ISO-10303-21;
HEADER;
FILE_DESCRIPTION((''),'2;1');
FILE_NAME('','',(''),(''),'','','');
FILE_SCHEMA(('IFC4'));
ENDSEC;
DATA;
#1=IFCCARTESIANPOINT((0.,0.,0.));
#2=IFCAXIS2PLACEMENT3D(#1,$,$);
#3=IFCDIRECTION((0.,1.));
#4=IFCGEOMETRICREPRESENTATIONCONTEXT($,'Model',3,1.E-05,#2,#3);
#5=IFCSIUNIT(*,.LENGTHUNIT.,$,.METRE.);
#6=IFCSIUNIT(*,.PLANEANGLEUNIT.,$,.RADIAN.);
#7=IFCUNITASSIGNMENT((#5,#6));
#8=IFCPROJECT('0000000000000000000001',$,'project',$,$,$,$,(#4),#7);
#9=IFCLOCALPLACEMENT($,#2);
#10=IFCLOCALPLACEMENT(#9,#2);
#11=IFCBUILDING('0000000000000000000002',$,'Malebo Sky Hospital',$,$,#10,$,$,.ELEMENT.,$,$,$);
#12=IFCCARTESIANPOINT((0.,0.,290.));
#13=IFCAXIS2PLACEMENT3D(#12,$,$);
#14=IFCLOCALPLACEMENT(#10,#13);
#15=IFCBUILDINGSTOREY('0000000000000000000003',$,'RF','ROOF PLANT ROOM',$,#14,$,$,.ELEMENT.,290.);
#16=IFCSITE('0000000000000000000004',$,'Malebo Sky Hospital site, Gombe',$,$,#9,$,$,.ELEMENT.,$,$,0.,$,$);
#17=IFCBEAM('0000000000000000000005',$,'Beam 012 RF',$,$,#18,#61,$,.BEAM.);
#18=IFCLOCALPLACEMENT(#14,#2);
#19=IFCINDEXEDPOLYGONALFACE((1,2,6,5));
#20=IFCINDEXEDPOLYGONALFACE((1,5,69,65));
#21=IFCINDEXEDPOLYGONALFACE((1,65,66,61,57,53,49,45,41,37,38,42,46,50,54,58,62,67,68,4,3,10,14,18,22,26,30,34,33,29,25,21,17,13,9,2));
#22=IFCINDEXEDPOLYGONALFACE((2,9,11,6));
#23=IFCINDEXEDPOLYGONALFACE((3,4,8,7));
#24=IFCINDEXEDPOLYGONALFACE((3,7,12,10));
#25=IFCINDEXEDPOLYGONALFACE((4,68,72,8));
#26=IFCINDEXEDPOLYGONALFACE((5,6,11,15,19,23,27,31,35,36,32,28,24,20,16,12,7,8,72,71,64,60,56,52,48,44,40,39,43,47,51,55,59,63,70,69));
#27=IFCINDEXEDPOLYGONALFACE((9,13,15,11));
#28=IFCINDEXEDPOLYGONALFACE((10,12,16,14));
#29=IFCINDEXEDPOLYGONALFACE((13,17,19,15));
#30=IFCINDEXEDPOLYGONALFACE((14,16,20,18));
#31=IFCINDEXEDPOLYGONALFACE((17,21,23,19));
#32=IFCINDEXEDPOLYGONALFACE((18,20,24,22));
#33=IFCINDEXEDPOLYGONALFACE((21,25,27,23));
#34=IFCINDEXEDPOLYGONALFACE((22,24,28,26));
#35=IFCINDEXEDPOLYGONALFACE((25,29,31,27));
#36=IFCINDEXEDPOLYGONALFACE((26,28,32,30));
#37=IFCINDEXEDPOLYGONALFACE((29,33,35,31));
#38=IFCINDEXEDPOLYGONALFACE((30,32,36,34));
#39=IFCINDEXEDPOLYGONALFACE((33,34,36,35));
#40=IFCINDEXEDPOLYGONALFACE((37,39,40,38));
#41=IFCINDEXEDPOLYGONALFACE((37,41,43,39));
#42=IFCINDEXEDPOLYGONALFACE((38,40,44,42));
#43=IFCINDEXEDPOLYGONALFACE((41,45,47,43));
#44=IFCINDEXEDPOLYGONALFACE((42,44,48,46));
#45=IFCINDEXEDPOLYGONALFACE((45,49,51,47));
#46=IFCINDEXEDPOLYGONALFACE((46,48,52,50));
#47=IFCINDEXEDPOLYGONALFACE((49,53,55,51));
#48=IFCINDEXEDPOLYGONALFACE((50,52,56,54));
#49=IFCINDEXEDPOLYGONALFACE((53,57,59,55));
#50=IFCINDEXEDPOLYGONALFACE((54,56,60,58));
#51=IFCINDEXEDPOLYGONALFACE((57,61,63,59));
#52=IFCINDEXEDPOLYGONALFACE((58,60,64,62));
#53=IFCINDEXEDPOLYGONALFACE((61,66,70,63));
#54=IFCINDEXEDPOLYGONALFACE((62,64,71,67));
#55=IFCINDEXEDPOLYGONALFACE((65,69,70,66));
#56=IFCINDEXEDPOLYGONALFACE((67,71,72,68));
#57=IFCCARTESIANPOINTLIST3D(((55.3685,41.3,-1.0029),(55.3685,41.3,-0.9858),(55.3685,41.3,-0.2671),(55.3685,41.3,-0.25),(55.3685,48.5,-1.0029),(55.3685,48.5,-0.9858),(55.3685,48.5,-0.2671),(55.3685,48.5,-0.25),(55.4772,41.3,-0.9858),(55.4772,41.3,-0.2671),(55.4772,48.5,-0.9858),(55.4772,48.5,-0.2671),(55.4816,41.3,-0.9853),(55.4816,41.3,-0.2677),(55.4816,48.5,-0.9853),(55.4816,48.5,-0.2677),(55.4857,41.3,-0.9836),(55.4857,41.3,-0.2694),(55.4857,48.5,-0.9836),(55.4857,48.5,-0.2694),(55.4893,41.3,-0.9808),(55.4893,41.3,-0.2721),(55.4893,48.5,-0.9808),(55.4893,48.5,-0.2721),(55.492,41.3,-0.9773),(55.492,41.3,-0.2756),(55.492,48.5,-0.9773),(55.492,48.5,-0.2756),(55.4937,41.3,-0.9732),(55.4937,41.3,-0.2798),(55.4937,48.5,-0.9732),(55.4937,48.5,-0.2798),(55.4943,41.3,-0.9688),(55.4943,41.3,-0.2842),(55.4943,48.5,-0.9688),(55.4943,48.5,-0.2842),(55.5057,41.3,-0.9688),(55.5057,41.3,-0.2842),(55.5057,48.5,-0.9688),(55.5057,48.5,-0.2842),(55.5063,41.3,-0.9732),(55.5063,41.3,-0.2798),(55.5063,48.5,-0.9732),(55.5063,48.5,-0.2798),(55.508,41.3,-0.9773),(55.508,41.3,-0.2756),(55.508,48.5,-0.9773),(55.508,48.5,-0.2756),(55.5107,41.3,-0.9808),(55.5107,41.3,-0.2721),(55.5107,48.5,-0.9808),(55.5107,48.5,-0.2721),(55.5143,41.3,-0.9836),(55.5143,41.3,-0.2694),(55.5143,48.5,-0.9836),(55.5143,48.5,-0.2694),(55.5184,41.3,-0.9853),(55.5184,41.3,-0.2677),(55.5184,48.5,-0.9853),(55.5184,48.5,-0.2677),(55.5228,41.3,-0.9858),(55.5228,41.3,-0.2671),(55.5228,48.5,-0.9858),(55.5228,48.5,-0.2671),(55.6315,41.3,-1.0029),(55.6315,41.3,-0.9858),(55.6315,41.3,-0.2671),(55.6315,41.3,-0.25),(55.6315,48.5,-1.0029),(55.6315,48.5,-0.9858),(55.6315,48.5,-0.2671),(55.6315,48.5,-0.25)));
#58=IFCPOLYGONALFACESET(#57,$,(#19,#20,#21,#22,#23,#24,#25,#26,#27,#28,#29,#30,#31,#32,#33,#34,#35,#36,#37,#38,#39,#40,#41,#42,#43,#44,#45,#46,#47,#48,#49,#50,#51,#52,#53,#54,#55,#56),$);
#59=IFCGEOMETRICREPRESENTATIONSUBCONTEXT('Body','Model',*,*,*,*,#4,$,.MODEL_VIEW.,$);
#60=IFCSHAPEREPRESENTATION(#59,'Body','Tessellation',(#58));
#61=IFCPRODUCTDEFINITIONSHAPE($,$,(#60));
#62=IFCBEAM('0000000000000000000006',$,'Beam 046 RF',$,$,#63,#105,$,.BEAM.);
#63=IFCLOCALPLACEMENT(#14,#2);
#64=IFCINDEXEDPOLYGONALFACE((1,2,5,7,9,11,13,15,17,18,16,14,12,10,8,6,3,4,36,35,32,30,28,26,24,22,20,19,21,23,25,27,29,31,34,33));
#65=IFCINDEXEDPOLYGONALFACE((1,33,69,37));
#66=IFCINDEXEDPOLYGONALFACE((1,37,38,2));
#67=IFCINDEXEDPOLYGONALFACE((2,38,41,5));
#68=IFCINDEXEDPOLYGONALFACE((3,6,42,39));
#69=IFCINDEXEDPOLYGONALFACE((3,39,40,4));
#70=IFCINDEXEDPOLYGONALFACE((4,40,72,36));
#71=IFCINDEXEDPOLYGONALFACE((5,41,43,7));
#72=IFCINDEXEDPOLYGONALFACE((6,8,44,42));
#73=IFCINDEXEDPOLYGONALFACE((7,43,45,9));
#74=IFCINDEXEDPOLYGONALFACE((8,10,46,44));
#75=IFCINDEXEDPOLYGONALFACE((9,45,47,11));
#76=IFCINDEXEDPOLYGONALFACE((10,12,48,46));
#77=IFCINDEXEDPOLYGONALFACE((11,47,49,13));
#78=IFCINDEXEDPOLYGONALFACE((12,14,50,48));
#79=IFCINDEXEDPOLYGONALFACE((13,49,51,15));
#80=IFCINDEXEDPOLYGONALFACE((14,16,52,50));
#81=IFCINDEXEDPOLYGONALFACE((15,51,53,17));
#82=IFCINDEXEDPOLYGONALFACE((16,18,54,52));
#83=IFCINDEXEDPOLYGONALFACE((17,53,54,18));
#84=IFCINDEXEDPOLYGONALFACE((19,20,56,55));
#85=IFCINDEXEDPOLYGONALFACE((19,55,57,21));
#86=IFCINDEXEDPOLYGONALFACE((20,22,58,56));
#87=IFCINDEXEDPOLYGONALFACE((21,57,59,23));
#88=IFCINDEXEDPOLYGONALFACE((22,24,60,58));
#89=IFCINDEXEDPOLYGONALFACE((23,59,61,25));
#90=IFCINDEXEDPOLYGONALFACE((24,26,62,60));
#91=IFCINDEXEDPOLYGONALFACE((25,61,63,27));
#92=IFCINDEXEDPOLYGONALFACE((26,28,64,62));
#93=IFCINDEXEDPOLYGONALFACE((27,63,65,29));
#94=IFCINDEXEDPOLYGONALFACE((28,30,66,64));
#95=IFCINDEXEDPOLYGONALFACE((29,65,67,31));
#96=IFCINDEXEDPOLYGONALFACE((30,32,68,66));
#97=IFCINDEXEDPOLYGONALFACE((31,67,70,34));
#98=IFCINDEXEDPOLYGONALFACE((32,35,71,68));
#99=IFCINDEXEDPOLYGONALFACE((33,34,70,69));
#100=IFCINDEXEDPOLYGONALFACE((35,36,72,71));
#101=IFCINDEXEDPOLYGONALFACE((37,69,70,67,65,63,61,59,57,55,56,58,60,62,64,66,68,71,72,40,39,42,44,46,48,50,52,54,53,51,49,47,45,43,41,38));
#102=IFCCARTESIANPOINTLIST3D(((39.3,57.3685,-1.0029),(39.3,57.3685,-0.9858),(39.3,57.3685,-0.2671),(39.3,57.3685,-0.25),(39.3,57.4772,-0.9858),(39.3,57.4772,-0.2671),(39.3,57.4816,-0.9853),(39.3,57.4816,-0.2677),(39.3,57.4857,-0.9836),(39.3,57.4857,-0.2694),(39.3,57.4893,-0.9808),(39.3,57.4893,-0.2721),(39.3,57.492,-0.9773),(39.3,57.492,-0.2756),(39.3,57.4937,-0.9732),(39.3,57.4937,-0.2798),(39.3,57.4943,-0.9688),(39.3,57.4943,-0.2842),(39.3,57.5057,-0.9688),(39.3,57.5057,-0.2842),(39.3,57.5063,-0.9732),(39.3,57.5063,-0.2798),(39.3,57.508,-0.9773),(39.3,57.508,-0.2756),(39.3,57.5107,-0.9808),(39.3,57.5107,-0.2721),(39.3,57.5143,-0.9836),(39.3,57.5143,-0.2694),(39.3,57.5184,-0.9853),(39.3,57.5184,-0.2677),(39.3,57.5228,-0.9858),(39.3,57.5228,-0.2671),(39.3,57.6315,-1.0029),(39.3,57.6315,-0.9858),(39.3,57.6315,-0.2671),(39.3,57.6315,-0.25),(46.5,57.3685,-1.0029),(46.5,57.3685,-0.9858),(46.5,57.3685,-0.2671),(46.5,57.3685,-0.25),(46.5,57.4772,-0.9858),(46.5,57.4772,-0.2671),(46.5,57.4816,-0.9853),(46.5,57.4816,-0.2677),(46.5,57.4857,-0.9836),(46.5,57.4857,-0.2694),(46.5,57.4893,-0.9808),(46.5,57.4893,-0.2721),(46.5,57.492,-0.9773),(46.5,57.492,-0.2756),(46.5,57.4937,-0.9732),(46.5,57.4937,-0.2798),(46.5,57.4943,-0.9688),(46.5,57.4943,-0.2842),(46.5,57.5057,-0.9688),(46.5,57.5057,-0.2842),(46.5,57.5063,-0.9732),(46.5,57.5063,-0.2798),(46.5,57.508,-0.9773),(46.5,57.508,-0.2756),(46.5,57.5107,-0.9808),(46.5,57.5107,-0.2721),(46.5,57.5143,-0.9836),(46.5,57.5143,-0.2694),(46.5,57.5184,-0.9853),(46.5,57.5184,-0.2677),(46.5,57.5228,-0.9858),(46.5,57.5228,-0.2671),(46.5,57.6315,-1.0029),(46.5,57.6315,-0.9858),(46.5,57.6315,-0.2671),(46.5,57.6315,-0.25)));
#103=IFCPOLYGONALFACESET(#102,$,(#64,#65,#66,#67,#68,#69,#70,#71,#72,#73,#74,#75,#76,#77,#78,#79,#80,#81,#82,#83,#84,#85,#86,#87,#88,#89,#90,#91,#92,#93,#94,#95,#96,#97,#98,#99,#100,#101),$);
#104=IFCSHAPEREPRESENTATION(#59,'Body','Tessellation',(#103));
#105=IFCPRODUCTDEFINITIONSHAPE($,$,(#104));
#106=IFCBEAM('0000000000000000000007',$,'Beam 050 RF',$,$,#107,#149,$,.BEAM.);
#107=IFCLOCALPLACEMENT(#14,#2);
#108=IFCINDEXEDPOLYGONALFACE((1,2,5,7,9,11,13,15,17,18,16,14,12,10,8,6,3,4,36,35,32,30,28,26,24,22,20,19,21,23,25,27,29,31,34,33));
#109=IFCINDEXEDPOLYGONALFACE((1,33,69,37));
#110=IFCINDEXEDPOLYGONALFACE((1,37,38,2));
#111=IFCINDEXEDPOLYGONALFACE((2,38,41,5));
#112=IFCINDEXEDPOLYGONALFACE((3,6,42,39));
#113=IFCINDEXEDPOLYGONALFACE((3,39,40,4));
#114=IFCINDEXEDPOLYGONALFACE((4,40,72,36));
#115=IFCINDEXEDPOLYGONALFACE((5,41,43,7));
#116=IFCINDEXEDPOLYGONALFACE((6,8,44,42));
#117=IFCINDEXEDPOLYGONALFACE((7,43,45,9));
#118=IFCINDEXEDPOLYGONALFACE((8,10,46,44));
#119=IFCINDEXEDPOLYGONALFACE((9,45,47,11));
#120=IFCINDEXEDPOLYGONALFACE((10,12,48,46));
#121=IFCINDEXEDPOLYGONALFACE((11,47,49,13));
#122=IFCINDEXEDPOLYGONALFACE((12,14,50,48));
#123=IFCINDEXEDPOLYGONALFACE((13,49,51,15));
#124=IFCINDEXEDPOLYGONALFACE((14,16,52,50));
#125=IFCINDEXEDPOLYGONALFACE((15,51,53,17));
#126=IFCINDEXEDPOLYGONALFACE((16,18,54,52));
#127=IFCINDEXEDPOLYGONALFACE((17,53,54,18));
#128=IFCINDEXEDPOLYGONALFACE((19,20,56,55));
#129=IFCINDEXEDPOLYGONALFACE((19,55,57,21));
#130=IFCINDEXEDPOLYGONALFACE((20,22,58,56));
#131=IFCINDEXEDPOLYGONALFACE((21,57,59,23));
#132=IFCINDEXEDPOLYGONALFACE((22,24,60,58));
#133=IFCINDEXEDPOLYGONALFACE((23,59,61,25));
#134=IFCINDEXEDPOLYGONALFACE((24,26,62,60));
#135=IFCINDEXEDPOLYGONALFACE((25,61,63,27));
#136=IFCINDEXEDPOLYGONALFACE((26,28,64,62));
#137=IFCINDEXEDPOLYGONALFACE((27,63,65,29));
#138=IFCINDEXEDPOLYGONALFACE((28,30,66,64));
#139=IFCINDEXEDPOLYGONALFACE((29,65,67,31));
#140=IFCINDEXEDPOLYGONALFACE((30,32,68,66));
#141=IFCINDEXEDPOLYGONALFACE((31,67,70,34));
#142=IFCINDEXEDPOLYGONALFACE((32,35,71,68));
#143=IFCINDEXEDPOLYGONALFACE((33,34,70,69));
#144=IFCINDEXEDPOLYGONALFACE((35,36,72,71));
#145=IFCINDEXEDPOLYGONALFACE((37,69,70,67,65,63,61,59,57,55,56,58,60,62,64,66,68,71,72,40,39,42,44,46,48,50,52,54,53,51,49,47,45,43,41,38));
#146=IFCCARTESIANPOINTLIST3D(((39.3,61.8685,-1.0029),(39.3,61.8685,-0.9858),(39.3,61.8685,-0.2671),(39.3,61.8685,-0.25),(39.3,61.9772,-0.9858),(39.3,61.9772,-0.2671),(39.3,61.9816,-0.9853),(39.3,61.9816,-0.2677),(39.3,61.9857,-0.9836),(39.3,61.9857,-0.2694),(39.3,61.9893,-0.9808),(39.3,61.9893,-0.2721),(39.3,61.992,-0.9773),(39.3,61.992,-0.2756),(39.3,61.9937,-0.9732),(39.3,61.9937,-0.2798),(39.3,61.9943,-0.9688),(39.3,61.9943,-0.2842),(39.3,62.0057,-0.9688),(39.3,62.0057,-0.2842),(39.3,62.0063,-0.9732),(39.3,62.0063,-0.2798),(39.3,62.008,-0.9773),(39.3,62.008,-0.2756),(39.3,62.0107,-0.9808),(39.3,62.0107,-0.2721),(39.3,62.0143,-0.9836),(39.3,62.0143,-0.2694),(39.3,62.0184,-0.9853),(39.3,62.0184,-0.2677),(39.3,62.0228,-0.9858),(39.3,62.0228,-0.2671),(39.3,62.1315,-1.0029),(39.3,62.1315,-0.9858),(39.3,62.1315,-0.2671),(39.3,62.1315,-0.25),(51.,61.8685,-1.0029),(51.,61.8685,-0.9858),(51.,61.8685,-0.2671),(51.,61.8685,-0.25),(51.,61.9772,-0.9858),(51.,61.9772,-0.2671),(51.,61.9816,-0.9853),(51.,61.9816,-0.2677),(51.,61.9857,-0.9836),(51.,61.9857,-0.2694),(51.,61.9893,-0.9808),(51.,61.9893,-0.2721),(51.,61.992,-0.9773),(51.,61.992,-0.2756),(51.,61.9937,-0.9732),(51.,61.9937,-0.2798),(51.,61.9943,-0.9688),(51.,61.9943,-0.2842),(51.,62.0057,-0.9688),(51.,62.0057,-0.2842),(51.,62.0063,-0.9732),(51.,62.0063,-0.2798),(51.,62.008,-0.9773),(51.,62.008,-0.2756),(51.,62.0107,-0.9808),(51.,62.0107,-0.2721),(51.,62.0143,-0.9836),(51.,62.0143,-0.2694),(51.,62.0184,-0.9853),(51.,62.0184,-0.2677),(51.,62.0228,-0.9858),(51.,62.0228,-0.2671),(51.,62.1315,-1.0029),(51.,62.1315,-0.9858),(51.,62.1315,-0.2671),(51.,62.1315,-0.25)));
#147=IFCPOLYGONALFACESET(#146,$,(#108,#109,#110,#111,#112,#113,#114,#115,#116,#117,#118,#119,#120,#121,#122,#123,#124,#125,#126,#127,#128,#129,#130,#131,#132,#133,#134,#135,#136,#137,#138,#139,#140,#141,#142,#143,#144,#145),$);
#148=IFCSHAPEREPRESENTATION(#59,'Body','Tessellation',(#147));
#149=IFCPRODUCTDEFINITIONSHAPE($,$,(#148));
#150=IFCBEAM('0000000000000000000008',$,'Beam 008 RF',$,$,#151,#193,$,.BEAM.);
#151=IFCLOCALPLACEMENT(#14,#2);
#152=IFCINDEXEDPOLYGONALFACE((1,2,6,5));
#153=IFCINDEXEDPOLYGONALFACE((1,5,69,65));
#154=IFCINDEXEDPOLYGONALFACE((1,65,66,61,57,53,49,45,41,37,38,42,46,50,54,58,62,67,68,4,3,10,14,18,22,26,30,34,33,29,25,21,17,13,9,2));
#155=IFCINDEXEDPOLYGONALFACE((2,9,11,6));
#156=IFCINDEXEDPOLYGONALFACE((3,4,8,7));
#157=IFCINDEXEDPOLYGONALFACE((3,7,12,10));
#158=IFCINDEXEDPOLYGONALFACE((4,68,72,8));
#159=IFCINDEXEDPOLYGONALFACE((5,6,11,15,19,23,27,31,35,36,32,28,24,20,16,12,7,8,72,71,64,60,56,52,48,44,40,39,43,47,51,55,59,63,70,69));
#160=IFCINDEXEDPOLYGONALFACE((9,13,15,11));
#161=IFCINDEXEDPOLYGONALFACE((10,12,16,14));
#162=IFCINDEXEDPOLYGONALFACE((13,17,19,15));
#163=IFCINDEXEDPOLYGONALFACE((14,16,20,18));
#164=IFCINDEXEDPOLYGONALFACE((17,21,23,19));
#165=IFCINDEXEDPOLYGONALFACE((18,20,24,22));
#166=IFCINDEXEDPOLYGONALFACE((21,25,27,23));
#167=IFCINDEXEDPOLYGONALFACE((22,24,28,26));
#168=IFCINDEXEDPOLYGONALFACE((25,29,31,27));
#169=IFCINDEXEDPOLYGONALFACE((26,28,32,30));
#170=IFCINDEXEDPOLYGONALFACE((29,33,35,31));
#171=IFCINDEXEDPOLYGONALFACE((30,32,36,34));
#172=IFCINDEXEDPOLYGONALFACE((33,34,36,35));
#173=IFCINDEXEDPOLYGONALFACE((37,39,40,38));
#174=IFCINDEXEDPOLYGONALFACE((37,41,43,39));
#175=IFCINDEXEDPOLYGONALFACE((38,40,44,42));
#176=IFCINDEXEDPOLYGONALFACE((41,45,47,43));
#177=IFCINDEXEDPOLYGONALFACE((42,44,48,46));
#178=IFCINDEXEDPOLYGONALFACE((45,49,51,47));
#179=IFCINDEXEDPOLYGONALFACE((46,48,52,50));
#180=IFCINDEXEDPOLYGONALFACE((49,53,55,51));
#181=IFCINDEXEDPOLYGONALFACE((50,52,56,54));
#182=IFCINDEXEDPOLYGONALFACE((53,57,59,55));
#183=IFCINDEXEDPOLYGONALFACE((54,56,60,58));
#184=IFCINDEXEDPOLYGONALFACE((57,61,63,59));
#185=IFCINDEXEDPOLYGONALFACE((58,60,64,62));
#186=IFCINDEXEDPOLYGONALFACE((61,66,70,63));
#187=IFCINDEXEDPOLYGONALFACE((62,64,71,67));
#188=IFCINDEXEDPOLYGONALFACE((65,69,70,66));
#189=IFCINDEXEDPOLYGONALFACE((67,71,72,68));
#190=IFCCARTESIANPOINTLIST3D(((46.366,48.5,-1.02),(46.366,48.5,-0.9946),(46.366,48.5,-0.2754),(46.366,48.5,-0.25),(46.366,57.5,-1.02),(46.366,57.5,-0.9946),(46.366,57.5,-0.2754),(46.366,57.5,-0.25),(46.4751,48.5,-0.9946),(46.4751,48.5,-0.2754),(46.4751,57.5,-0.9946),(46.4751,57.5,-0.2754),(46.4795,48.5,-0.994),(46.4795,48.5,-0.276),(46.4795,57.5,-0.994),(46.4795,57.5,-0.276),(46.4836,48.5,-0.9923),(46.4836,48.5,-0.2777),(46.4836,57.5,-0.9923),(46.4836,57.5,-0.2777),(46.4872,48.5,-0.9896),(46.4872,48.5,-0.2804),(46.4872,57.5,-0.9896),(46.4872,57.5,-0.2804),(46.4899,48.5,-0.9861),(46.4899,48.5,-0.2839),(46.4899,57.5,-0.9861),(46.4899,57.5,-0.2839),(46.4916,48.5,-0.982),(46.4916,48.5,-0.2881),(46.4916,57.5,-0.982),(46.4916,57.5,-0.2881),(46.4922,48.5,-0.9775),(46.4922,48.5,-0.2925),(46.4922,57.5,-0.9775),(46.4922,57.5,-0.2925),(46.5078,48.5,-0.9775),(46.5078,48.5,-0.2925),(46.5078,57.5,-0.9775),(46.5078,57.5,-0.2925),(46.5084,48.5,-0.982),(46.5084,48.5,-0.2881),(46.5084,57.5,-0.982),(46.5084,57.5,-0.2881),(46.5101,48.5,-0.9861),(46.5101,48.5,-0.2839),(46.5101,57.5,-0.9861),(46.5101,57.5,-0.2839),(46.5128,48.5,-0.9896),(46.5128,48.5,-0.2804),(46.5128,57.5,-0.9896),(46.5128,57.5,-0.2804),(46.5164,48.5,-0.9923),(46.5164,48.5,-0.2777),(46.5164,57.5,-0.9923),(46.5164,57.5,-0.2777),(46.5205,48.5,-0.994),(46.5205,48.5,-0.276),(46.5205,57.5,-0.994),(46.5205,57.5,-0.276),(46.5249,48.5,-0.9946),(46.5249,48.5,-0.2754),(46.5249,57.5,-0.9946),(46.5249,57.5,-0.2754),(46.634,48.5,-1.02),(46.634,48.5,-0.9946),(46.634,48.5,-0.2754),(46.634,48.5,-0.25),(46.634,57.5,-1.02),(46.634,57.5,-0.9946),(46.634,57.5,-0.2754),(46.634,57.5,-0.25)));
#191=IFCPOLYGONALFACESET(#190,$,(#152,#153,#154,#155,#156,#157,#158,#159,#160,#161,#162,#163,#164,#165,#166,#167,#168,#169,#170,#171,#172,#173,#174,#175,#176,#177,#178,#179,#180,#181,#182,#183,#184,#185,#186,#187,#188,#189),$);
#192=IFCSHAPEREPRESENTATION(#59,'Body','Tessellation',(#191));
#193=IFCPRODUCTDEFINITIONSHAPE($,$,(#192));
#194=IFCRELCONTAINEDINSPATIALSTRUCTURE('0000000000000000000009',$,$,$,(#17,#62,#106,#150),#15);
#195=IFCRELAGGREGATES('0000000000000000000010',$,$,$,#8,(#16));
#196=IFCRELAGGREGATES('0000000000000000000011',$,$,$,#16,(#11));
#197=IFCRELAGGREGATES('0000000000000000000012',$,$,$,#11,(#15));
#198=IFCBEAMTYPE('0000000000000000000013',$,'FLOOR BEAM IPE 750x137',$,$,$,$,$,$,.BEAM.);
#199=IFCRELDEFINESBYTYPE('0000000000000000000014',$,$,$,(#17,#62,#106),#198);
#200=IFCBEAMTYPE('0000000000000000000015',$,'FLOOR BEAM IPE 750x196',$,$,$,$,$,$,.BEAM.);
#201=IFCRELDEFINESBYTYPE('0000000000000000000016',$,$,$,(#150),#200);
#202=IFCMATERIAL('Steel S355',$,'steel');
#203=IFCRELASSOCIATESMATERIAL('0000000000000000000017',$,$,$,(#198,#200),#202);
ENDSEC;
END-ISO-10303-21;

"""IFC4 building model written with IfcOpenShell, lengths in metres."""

from ifc_helpers import new_model, si_unit, direction, frame, origin, origin_2d, place, context, subcontext, project, spatial, i_section, extrude, material, material_profile, profile_set, type_object, element, save


model = new_model("IFC4")

# Units and contexts
model_context = context("Model", 3, precision=1e-05, world=origin(), true_north=direction((0.0, 1.0)))
body_context = subcontext(model_context, "Body", "Model", "MODEL_VIEW")
ifc_project = project(units=[si_unit("LENGTHUNIT", "METRE"), si_unit("PLANEANGLEUNIT", "RADIAN")], contexts=[model_context])

# Site, building, storey
site_placement = place(None, origin())
site = spatial("IfcSite", under=ifc_project, at=site_placement, Name="Malebo Sky Hospital site, Gombe", CompositionType="ELEMENT", RefElevation=0.0)
building_placement = place(site_placement, origin())
building = spatial("IfcBuilding", under=site, at=building_placement, Name="Malebo Sky Hospital", CompositionType="ELEMENT")
storey_placement = place(building_placement, frame((0.0, 0.0, 290.0)))
storey = spatial("IfcBuildingStorey", under=building, at=storey_placement, Name="RF", Description="ROOF PLANT ROOM", CompositionType="ELEMENT", Elevation=290.0)

# Beams
ifc_material_1 = material(Name="Steel S355", Category="steel")
ifc_material_profile_1 = material_profile(ifc_material_1, i_section(OverallWidth=0.2629, OverallDepth=0.7529, WebThickness=0.0115, FlangeThickness=0.0171, FilletRadius=0.0171, at=origin_2d()), Name="IPE 750x137")
ifc_profile_set_1 = profile_set([ifc_material_profile_1], Name="Steel S355")
beam_type_1 = type_object("IfcBeamType", Name="FLOOR BEAM IPE 750x137", PredefinedType="BEAM", material=ifc_profile_set_1)
for number, where, z_axis, x_axis, name in (
    (1, (55.5, 41.3, -0.6265), (0.0, 1.0, 0.0), (-1.0, 0.0, 0.0), "Beam 012 RF"),
    (2, (39.3, 57.5, -0.6265), (1.0, 0.0, 0.0), (0.0, 1.0, 0.0), "Beam 046 RF"),
):
    element("IfcBeam", number, at=place(storey_placement, frame(where, z_axis=z_axis, x_axis=x_axis)), inside=storey, type_object=beam_type_1, Name=name, PredefinedType="BEAM", context=body_context, shape_type="SweptSolid", body=[
        extrude(i_section(OverallWidth=0.2629, OverallDepth=0.7529, WebThickness=0.0115, FlangeThickness=0.0171, FilletRadius=0.0171, at=origin_2d()), origin(), (0.0, 0.0, 1.0), 7.2),
    ])
beam_1_placement = place(storey_placement, frame((39.3, 62.0, -0.6265), z_axis=(1.0, 0.0, 0.0), x_axis=(0.0, 1.0, 0.0)))
element("IfcBeam", 3, at=beam_1_placement, inside=storey, type_object=beam_type_1, Name="Beam 050 RF", PredefinedType="BEAM", context=body_context, shape_type="SweptSolid", body=[
    extrude(i_section(OverallWidth=0.2629, OverallDepth=0.7529, WebThickness=0.0115, FlangeThickness=0.0171, FilletRadius=0.0171, at=origin_2d()), origin(), (0.0, 0.0, 1.0), 11.7),
])
ifc_material_profile_2 = material_profile(ifc_material_1, i_section(OverallWidth=0.2681, OverallDepth=0.77, WebThickness=0.0156, FlangeThickness=0.0254, FilletRadius=0.0171, at=origin_2d()), Name="IPE 750x196")
ifc_profile_set_2 = profile_set([ifc_material_profile_2], Name="Steel S355")
beam_type_2 = type_object("IfcBeamType", Name="FLOOR BEAM IPE 750x196", PredefinedType="BEAM", material=ifc_profile_set_2)
for number, where, z_axis, x_axis, name in (
    (4, (46.5, 48.5, -0.635), (0.0, 1.0, 0.0), (-1.0, 0.0, 0.0), "Beam 008 RF"),
):
    element("IfcBeam", number, at=place(storey_placement, frame(where, z_axis=z_axis, x_axis=x_axis)), inside=storey, type_object=beam_type_2, Name=name, PredefinedType="BEAM", context=body_context, shape_type="SweptSolid", body=[
        extrude(i_section(OverallWidth=0.2681, OverallDepth=0.77, WebThickness=0.0156, FlangeThickness=0.0254, FilletRadius=0.0171, at=origin_2d()), origin(), (0.0, 0.0, 1.0), 9.0),
    ])

save(model, "model.ifc")
